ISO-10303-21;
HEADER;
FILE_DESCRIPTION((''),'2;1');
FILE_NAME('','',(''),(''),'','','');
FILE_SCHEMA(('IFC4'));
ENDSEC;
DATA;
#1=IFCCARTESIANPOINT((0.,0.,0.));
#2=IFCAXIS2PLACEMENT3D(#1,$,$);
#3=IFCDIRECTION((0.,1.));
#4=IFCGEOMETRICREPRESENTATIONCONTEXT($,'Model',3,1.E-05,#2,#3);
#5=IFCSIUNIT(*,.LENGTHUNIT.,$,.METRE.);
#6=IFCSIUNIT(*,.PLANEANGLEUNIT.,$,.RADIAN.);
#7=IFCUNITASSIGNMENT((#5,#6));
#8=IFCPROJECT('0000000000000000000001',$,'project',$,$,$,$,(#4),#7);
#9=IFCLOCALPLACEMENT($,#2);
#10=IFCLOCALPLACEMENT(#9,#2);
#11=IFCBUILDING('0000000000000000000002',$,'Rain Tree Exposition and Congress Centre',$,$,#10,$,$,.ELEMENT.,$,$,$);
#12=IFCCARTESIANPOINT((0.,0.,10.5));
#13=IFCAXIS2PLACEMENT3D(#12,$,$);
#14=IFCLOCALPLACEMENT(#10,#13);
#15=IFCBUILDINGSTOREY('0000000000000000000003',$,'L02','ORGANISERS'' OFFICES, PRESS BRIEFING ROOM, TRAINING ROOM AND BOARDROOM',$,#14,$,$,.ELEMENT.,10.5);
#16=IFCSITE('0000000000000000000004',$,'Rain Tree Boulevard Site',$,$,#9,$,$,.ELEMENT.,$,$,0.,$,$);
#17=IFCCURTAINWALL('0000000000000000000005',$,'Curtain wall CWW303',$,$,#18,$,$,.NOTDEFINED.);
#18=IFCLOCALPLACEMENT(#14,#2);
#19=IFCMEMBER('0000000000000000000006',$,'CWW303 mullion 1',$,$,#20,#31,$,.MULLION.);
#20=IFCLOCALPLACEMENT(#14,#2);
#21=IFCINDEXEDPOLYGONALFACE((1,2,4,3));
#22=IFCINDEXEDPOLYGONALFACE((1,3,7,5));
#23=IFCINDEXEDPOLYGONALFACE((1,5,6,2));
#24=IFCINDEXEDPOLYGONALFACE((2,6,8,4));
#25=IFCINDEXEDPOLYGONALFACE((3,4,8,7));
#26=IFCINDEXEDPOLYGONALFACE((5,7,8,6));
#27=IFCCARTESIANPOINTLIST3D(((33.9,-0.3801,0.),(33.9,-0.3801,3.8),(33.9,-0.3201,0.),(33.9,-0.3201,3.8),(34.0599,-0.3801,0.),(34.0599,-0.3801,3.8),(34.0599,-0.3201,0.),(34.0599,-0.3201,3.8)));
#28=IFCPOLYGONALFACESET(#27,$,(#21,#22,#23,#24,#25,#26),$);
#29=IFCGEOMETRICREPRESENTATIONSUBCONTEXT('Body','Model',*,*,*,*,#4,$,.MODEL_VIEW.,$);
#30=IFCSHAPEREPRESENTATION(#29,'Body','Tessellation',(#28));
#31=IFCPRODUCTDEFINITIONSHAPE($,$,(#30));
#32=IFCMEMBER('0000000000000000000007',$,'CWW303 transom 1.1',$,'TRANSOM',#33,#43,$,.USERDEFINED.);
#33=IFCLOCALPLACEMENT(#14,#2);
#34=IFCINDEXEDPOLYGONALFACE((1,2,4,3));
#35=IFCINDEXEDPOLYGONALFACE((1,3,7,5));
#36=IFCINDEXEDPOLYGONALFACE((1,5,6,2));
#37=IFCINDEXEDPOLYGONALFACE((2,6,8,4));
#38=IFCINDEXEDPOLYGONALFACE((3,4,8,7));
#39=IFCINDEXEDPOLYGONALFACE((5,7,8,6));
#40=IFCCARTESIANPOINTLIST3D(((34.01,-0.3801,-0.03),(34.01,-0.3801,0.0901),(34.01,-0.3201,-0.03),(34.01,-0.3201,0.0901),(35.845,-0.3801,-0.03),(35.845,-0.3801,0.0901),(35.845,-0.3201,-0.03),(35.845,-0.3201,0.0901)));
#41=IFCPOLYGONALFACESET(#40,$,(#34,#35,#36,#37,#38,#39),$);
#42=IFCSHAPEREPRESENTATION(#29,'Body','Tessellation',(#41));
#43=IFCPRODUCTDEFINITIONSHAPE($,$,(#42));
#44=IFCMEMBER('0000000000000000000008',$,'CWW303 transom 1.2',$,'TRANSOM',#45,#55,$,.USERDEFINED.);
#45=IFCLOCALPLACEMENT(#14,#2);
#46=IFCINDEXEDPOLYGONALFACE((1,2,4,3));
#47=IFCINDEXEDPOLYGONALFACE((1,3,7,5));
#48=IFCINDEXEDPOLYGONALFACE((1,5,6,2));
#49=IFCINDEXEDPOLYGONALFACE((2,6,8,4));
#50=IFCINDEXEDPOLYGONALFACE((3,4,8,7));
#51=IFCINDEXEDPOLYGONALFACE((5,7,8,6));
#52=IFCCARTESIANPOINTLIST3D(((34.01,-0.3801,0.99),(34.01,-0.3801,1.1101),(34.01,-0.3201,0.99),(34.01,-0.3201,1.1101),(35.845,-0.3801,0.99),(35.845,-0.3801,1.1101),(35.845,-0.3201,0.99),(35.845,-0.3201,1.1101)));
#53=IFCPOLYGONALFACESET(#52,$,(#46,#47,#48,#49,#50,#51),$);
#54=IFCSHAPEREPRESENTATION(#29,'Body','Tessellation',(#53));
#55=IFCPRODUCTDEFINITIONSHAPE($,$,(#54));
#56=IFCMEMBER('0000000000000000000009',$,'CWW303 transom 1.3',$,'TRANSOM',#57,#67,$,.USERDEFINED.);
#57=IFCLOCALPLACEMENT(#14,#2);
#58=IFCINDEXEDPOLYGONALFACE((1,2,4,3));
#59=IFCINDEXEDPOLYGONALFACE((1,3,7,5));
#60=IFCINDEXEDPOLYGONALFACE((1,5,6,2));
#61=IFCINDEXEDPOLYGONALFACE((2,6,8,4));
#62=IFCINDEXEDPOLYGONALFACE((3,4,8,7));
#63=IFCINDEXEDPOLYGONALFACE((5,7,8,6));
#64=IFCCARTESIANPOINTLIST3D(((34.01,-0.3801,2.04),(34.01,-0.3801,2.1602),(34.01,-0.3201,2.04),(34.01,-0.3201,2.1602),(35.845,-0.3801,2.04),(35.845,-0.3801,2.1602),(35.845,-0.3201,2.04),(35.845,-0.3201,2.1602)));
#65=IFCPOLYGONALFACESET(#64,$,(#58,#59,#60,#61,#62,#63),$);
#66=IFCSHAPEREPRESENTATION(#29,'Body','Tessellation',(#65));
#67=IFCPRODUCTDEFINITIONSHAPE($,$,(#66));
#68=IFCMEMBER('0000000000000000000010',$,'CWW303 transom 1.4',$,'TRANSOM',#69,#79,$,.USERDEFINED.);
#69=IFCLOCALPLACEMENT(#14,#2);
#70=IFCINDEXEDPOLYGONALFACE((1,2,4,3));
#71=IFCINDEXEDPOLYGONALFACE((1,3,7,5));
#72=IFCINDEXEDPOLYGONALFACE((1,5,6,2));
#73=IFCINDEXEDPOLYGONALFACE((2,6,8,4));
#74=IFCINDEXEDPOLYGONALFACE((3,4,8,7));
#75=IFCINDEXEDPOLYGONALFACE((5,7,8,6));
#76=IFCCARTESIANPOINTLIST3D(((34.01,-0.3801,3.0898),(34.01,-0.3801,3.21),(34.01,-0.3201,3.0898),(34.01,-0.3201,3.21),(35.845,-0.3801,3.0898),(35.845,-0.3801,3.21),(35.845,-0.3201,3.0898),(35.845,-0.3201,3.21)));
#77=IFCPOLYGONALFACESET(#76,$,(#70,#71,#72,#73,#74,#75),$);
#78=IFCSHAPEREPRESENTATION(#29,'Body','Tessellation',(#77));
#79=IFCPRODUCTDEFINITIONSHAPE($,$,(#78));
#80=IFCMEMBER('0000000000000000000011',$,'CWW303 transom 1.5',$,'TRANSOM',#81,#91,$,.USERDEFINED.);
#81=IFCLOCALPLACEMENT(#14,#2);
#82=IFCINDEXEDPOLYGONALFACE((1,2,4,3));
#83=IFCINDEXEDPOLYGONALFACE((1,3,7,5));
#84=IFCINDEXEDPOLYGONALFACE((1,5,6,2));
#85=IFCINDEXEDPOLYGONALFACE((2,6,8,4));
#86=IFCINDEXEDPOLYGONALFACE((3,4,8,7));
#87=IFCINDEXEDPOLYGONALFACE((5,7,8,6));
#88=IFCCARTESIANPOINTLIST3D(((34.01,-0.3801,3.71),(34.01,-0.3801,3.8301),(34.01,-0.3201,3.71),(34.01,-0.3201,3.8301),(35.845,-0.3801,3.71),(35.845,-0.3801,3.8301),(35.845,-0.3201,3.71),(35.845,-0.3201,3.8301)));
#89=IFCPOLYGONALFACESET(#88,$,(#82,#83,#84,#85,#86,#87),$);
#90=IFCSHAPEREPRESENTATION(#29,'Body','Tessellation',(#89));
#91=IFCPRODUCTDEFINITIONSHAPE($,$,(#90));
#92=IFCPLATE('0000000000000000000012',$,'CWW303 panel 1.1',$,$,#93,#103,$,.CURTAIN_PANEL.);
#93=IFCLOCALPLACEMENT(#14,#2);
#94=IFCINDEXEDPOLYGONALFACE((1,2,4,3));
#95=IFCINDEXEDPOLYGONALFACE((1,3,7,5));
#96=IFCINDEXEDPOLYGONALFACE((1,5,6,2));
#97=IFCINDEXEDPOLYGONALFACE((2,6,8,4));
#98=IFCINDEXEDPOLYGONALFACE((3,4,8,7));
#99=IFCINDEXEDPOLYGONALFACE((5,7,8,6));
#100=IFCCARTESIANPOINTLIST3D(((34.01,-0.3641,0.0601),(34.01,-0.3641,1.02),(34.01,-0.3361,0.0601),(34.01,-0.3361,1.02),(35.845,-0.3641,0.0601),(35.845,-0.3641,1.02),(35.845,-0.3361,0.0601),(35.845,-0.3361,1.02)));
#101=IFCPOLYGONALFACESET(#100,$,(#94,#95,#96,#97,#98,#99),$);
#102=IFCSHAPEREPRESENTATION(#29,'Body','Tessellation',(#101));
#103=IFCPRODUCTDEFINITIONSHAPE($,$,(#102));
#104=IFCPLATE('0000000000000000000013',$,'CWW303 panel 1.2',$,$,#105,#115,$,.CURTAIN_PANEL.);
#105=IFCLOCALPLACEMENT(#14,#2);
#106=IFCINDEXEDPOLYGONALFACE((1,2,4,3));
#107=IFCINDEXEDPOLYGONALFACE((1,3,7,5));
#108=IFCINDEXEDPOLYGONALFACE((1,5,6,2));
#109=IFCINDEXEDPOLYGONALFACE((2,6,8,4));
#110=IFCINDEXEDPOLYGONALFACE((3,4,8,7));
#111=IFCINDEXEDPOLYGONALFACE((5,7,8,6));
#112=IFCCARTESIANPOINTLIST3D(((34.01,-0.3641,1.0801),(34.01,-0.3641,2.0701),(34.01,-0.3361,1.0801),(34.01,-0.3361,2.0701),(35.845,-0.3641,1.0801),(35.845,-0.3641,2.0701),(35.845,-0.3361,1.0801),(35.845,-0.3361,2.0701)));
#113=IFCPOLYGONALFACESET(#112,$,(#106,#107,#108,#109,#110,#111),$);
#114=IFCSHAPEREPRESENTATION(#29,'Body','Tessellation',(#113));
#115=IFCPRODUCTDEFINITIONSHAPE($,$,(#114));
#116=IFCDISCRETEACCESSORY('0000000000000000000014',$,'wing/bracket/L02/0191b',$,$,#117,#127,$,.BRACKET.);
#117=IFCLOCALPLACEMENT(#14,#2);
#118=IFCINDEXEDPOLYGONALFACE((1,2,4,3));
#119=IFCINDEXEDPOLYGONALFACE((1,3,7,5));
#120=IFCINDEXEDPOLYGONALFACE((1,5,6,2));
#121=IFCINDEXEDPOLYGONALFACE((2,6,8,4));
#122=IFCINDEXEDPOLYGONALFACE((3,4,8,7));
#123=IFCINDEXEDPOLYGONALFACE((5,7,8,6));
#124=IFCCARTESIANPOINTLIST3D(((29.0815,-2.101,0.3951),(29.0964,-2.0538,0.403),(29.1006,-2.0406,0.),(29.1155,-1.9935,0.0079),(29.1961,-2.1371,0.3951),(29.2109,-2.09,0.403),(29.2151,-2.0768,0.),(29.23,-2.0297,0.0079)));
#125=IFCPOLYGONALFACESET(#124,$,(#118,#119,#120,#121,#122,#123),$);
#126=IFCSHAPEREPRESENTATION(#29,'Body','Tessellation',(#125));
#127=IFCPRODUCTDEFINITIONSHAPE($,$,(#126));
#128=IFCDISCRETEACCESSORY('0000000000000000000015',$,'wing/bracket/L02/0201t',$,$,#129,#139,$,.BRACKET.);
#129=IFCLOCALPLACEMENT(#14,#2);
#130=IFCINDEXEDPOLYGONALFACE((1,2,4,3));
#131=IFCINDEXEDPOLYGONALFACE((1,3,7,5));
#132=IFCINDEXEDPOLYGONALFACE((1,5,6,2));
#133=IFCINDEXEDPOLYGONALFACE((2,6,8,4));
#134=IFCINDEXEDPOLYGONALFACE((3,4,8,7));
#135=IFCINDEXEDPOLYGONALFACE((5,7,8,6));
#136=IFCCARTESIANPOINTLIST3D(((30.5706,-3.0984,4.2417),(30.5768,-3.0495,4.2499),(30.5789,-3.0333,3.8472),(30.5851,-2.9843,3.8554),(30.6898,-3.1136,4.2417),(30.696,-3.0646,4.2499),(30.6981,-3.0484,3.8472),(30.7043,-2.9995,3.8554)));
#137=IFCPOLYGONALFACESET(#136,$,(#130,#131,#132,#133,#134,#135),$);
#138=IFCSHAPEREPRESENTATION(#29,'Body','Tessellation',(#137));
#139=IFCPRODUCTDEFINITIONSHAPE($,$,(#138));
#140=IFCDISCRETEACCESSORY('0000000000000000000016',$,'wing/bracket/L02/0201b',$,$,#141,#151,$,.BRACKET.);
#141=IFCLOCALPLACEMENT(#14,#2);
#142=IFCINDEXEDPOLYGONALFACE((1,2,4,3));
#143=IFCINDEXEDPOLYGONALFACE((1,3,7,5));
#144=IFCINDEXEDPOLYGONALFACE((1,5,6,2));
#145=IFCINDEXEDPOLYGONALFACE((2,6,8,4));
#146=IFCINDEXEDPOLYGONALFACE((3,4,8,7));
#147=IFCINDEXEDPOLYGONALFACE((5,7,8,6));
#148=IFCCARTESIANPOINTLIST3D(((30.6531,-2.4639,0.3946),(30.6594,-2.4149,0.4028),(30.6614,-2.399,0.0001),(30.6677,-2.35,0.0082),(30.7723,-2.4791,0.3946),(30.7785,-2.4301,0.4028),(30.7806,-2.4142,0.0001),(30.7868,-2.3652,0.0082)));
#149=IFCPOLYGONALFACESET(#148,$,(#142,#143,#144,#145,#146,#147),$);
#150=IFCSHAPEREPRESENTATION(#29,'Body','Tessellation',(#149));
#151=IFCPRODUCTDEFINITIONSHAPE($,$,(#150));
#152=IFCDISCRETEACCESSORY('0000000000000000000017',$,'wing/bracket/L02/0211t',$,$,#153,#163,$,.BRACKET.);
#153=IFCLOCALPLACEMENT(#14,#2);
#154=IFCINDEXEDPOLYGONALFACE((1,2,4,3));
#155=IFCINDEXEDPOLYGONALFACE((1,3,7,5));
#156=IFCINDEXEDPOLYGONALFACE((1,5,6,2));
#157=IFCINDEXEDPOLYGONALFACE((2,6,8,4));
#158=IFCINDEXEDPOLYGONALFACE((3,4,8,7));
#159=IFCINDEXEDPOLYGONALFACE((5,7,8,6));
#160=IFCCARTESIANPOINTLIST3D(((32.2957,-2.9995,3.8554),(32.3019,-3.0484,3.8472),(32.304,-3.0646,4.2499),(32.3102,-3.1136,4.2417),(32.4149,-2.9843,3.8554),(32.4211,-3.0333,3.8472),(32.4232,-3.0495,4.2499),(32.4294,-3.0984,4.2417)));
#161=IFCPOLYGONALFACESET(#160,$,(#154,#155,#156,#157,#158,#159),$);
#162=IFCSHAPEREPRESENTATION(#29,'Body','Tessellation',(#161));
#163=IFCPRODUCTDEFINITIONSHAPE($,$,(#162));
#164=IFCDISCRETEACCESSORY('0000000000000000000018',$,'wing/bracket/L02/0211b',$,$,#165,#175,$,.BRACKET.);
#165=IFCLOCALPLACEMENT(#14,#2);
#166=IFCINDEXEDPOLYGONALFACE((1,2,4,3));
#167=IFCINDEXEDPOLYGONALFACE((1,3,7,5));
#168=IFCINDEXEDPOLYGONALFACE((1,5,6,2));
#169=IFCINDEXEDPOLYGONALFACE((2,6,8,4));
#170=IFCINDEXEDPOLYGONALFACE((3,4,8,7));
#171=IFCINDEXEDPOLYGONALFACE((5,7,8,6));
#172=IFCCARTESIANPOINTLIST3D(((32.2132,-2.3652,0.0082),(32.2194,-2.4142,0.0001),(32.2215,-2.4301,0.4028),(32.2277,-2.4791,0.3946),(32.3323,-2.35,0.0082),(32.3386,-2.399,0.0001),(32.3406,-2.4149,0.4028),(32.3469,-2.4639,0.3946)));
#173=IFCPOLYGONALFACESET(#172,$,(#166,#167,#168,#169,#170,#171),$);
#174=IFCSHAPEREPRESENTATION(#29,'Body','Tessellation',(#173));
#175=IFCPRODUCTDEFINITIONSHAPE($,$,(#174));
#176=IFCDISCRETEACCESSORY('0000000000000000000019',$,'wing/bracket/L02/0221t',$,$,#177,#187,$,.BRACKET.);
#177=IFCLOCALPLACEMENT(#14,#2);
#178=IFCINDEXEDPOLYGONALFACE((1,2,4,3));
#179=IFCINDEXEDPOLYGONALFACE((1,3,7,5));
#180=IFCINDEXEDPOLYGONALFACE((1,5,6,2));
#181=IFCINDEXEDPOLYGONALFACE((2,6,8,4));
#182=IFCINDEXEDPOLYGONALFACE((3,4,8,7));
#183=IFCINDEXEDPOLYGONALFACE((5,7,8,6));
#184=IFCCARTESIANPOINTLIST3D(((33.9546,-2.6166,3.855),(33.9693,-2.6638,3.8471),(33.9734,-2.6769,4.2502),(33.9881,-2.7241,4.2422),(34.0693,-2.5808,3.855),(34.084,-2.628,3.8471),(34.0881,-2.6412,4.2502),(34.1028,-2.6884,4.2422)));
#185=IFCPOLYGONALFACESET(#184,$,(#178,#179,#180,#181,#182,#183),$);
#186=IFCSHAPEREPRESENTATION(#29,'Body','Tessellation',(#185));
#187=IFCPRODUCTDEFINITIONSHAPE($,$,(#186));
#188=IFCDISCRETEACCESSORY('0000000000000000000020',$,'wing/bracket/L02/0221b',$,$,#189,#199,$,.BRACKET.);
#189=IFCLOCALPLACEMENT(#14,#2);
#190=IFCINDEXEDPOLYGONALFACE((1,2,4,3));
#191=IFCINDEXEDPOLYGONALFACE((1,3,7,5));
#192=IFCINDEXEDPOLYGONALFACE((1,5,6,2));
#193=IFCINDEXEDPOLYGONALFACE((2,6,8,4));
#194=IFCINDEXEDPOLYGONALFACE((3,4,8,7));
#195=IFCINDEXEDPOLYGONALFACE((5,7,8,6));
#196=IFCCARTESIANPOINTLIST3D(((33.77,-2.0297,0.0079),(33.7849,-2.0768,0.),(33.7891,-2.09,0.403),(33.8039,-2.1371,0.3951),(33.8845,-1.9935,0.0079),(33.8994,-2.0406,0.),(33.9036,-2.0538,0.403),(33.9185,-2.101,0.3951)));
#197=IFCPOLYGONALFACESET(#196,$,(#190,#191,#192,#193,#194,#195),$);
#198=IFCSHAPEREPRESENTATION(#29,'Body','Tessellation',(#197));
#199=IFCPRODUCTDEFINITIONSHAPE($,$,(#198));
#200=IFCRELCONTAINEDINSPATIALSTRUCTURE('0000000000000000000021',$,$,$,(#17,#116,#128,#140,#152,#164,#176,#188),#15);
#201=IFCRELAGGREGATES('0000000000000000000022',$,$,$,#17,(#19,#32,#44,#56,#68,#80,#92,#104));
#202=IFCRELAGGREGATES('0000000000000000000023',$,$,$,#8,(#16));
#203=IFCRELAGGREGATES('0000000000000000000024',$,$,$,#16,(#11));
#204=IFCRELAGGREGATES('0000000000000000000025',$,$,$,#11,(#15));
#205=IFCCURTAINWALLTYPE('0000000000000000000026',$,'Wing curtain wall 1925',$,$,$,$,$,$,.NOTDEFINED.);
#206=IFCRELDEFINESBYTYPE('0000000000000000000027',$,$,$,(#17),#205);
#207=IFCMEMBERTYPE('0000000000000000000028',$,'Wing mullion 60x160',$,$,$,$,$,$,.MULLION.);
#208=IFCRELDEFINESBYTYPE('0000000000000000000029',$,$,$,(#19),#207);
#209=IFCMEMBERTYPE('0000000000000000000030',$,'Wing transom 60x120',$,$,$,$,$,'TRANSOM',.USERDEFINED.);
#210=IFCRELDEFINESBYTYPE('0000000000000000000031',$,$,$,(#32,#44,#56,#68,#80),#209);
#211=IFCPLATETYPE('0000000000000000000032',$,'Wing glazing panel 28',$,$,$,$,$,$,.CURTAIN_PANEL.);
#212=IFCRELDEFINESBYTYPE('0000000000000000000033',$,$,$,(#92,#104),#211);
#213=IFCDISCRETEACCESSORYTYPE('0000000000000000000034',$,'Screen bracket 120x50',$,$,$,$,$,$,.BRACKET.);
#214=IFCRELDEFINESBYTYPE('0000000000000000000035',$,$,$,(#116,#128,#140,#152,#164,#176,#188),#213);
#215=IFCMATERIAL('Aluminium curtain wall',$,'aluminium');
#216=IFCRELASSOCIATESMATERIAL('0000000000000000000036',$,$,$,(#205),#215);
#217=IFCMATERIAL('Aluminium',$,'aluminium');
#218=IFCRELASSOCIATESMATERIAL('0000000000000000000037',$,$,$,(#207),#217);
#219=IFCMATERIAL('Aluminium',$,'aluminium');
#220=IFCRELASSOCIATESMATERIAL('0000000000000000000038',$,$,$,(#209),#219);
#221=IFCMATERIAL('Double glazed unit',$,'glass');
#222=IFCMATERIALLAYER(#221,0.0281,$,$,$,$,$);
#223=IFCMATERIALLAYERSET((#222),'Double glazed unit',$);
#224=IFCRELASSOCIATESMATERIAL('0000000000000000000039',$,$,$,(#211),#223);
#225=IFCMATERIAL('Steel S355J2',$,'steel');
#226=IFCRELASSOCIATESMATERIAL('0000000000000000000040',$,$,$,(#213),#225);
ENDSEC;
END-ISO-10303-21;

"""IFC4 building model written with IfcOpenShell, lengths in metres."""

from ifc_helpers import new_model, si_unit, direction, frame, origin, origin_2d, place, context, subcontext, project, spatial, rectangle, extrude, material, layer, layer_set, material_profile, profile_set, type_object, element, aggregate, save


model = new_model("IFC4")

# Units and contexts
model_context = context("Model", 3, precision=1e-05, world=origin(), true_north=direction((0.0, 1.0)))
body_context = subcontext(model_context, "Body", "Model", "MODEL_VIEW")
ifc_project = project(units=[si_unit("LENGTHUNIT", "METRE"), si_unit("PLANEANGLEUNIT", "RADIAN")], contexts=[model_context])

# Site, building, storey
site_placement = place(None, origin())
site = spatial("IfcSite", under=ifc_project, at=site_placement, Name="Rain Tree Boulevard Site", CompositionType="ELEMENT", RefElevation=0.0)
building_placement = place(site_placement, origin())
building = spatial("IfcBuilding", under=site, at=building_placement, Name="Rain Tree Exposition and Congress Centre", CompositionType="ELEMENT")
storey_placement = place(building_placement, frame((0.0, 0.0, 10.5)))
storey = spatial("IfcBuildingStorey", under=building, at=storey_placement, Name="L02", Description="ORGANISERS' OFFICES, PRESS BRIEFING ROOM, TRAINING ROOM AND BOARDROOM", CompositionType="ELEMENT", Elevation=10.5)

# Curtain wall, members, plates
ifc_material_1 = material(Name="Aluminium curtain wall", Category="aluminium")
curtain_wall_type = type_object("IfcCurtainWallType", Name="Wing curtain wall 1925", PredefinedType="NOTDEFINED", material=ifc_material_1)
curtain_wall_placement = place(storey_placement, origin())
curtain_wall = element("IfcCurtainWall", 1, at=curtain_wall_placement, inside=storey, type_object=curtain_wall_type, Name="Curtain wall CWW303", PredefinedType="NOTDEFINED")
ifc_material_2 = material(Name="Aluminium", Category="aluminium")
ifc_material_profile_1 = material_profile(ifc_material_2, rectangle(XDim=0.0601, YDim=0.1599, at=origin_2d()), Name="Aluminium 60x160")
ifc_profile_set_1 = profile_set([ifc_material_profile_1], Name="Aluminium")
member_type_1 = type_object("IfcMemberType", Name="Wing mullion 60x160", PredefinedType="MULLION", material=ifc_profile_set_1)
member_1_placement = place(storey_placement, frame((33.98, -0.3501, 0.0), z_axis=(0.0, 0.0, 1.0), x_axis=(0.0, 1.0, 0.0)))
member_1 = element("IfcMember", 2, at=member_1_placement, type_object=member_type_1, Name="CWW303 mullion 1", PredefinedType="MULLION", context=body_context, shape_type="SweptSolid", body=[
    extrude(rectangle(XDim=0.0601, YDim=0.1599, at=origin_2d()), origin(), (0.0, 0.0, 1.0), 3.8),
])
ifc_material_3 = material(Name="Aluminium", Category="aluminium")
ifc_material_profile_2 = material_profile(ifc_material_3, rectangle(XDim=0.0601, YDim=0.1201, at=origin_2d()), Name="Aluminium 60x120")
ifc_profile_set_2 = profile_set([ifc_material_profile_2], Name="Aluminium")
member_type_2 = type_object("IfcMemberType", Name="Wing transom 60x120", ElementType="TRANSOM", PredefinedType="USERDEFINED", material=ifc_profile_set_2)
member_2_placement = place(storey_placement, frame((34.01, -0.3501, 0.03), z_axis=(1.0, 0.0, 0.0), x_axis=(0.0, 1.0, 0.0)))
member_2 = element("IfcMember", 3, at=member_2_placement, type_object=member_type_2, Name="CWW303 transom 1.1", ObjectType="TRANSOM", PredefinedType="USERDEFINED", context=body_context, shape_type="SweptSolid", body=[
    extrude(rectangle(XDim=0.0601, YDim=0.1201, at=origin_2d()), origin(), (0.0, 0.0, 1.0), 1.835),
])
member_3_placement = place(storey_placement, frame((34.01, -0.3501, 1.05), z_axis=(1.0, 0.0, 0.0), x_axis=(0.0, 1.0, 0.0)))
member_3 = element("IfcMember", 4, at=member_3_placement, type_object=member_type_2, Name="CWW303 transom 1.2", ObjectType="TRANSOM", PredefinedType="USERDEFINED", context=body_context, shape_type="SweptSolid", body=[
    extrude(rectangle(XDim=0.0601, YDim=0.1201, at=origin_2d()), origin(), (0.0, 0.0, 1.0), 1.835),
])
member_4_placement = place(storey_placement, frame((34.01, -0.3501, 2.1001), z_axis=(1.0, 0.0, 0.0), x_axis=(0.0, 1.0, 0.0)))
member_4 = element("IfcMember", 5, at=member_4_placement, type_object=member_type_2, Name="CWW303 transom 1.3", ObjectType="TRANSOM", PredefinedType="USERDEFINED", context=body_context, shape_type="SweptSolid", body=[
    extrude(rectangle(XDim=0.0601, YDim=0.1201, at=origin_2d()), origin(), (0.0, 0.0, 1.0), 1.835),
])
member_5_placement = place(storey_placement, frame((34.01, -0.3501, 3.1499), z_axis=(1.0, 0.0, 0.0), x_axis=(0.0, 1.0, 0.0)))
member_5 = element("IfcMember", 6, at=member_5_placement, type_object=member_type_2, Name="CWW303 transom 1.4", ObjectType="TRANSOM", PredefinedType="USERDEFINED", context=body_context, shape_type="SweptSolid", body=[
    extrude(rectangle(XDim=0.0601, YDim=0.1201, at=origin_2d()), origin(), (0.0, 0.0, 1.0), 1.835),
])
member_6_placement = place(storey_placement, frame((34.01, -0.3501, 3.77), z_axis=(1.0, 0.0, 0.0), x_axis=(0.0, 1.0, 0.0)))
member_6 = element("IfcMember", 7, at=member_6_placement, type_object=member_type_2, Name="CWW303 transom 1.5", ObjectType="TRANSOM", PredefinedType="USERDEFINED", context=body_context, shape_type="SweptSolid", body=[
    extrude(rectangle(XDim=0.0601, YDim=0.1201, at=origin_2d()), origin(), (0.0, 0.0, 1.0), 1.835),
])
ifc_material_4 = material(Name="Double glazed unit", Category="glass")
ifc_layer_1 = layer(ifc_material_4, 0.0281)
ifc_layer_set_1 = layer_set([ifc_layer_1], Name="Double glazed unit")
plate_type = type_object("IfcPlateType", Name="Wing glazing panel 28", PredefinedType="CURTAIN_PANEL", material=ifc_layer_set_1)
plate_1_placement = place(storey_placement, frame((34.9275, -0.3501, 0.0601), z_axis=(0.0, 0.0, 1.0), x_axis=(1.0, 0.0, 0.0)))
plate_1 = element("IfcPlate", 8, at=plate_1_placement, type_object=plate_type, Name="CWW303 panel 1.1", PredefinedType="CURTAIN_PANEL", context=body_context, shape_type="SweptSolid", body=[
    extrude(rectangle(XDim=1.835, YDim=0.0281, at=origin_2d()), origin(), (0.0, 0.0, 1.0), 0.96),
])
plate_2_placement = place(storey_placement, frame((34.9275, -0.3501, 1.0801), z_axis=(0.0, 0.0, 1.0), x_axis=(1.0, 0.0, 0.0)))
plate_2 = element("IfcPlate", 9, at=plate_2_placement, type_object=plate_type, Name="CWW303 panel 1.2", PredefinedType="CURTAIN_PANEL", context=body_context, shape_type="SweptSolid", body=[
    extrude(rectangle(XDim=1.835, YDim=0.0281, at=origin_2d()), origin(), (0.0, 0.0, 1.0), 0.99),
])
aggregate(curtain_wall, [member_1, member_2, member_3, member_4, member_5, member_6, plate_1, plate_2])

# Discrete accessories
ifc_material_5 = material(Name="Steel S355J2", Category="steel")
ifc_material_profile_3 = material_profile(ifc_material_5, rectangle(XDim=0.1201, YDim=0.05, at=origin_2d()), Name="Flat bar 120x50")
ifc_profile_set_3 = profile_set([ifc_material_profile_3], Name="Steel S355J2")
discrete_accessory_type = type_object("IfcDiscreteAccessoryType", Name="Screen bracket 120x50", PredefinedType="BRACKET", material=ifc_profile_set_3)
discrete_accessory_placement = place(storey_placement, frame((29.1653, -2.0352, 0.0039), z_axis=(-0.047602, -0.150738, 0.987427), x_axis=(0.953583, -0.301131, 0.0)))
element("IfcDiscreteAccessory", 10, at=discrete_accessory_placement, inside=storey, type_object=discrete_accessory_type, Name="wing/bracket/L02/0191b", PredefinedType="BRACKET", context=body_context, shape_type="SweptSolid", body=[
    extrude(rectangle(XDim=0.1201, YDim=0.05, at=origin_2d()), origin(), (0.0, 0.0, 1.0), 0.4001),
])
for number, where, z_axis, x_axis, name in (
    (11, (30.6416, -3.0164, 3.8513), (-0.020754, -0.162978, 0.986411), (0.991989, -0.126321, 0.0), "wing/bracket/L02/0201t"),
    (12, (30.7241, -2.3821, 0.0042), (-0.020756, -0.162383, 0.986509), (0.99193, -0.126788, 0.0), "wing/bracket/L02/0201b"),
    (13, (32.3584, -3.0164, 3.8513), (0.020754, -0.162978, 0.986411), (0.991989, 0.126321, 0.0), "wing/bracket/L02/0211t"),
    (14, (32.2759, -2.3821, 0.0042), (0.020756, -0.162383, 0.986509), (0.99193, 0.126788, 0.0), "wing/bracket/L02/0211b"),
):
    element("IfcDiscreteAccessory", number, at=place(storey_placement, frame(where, z_axis=z_axis, x_axis=x_axis)), inside=storey, type_object=discrete_accessory_type, Name=name, PredefinedType="BRACKET", context=body_context, shape_type="SweptSolid", body=[
        extrude(rectangle(XDim=0.1201, YDim=0.05, at=origin_2d()), origin(), (0.0, 0.0, 1.0), 0.3999),
    ])
for number, where, z_axis, x_axis, name in (
    (15, (34.0193, -2.6223, 3.8511), (0.046993, -0.150743, 0.987456), (0.954686, 0.297615, 0.0), "wing/bracket/L02/0221t"),
    (16, (33.8347, -2.0352, 0.0039), (0.047602, -0.150738, 0.987427), (0.953583, 0.301131, 0.0), "wing/bracket/L02/0221b"),
):
    element("IfcDiscreteAccessory", number, at=place(storey_placement, frame(where, z_axis=z_axis, x_axis=x_axis)), inside=storey, type_object=discrete_accessory_type, Name=name, PredefinedType="BRACKET", context=body_context, shape_type="SweptSolid", body=[
        extrude(rectangle(XDim=0.1201, YDim=0.05, at=origin_2d()), origin(), (0.0, 0.0, 1.0), 0.4001),
    ])

save(model, "model.ifc")
